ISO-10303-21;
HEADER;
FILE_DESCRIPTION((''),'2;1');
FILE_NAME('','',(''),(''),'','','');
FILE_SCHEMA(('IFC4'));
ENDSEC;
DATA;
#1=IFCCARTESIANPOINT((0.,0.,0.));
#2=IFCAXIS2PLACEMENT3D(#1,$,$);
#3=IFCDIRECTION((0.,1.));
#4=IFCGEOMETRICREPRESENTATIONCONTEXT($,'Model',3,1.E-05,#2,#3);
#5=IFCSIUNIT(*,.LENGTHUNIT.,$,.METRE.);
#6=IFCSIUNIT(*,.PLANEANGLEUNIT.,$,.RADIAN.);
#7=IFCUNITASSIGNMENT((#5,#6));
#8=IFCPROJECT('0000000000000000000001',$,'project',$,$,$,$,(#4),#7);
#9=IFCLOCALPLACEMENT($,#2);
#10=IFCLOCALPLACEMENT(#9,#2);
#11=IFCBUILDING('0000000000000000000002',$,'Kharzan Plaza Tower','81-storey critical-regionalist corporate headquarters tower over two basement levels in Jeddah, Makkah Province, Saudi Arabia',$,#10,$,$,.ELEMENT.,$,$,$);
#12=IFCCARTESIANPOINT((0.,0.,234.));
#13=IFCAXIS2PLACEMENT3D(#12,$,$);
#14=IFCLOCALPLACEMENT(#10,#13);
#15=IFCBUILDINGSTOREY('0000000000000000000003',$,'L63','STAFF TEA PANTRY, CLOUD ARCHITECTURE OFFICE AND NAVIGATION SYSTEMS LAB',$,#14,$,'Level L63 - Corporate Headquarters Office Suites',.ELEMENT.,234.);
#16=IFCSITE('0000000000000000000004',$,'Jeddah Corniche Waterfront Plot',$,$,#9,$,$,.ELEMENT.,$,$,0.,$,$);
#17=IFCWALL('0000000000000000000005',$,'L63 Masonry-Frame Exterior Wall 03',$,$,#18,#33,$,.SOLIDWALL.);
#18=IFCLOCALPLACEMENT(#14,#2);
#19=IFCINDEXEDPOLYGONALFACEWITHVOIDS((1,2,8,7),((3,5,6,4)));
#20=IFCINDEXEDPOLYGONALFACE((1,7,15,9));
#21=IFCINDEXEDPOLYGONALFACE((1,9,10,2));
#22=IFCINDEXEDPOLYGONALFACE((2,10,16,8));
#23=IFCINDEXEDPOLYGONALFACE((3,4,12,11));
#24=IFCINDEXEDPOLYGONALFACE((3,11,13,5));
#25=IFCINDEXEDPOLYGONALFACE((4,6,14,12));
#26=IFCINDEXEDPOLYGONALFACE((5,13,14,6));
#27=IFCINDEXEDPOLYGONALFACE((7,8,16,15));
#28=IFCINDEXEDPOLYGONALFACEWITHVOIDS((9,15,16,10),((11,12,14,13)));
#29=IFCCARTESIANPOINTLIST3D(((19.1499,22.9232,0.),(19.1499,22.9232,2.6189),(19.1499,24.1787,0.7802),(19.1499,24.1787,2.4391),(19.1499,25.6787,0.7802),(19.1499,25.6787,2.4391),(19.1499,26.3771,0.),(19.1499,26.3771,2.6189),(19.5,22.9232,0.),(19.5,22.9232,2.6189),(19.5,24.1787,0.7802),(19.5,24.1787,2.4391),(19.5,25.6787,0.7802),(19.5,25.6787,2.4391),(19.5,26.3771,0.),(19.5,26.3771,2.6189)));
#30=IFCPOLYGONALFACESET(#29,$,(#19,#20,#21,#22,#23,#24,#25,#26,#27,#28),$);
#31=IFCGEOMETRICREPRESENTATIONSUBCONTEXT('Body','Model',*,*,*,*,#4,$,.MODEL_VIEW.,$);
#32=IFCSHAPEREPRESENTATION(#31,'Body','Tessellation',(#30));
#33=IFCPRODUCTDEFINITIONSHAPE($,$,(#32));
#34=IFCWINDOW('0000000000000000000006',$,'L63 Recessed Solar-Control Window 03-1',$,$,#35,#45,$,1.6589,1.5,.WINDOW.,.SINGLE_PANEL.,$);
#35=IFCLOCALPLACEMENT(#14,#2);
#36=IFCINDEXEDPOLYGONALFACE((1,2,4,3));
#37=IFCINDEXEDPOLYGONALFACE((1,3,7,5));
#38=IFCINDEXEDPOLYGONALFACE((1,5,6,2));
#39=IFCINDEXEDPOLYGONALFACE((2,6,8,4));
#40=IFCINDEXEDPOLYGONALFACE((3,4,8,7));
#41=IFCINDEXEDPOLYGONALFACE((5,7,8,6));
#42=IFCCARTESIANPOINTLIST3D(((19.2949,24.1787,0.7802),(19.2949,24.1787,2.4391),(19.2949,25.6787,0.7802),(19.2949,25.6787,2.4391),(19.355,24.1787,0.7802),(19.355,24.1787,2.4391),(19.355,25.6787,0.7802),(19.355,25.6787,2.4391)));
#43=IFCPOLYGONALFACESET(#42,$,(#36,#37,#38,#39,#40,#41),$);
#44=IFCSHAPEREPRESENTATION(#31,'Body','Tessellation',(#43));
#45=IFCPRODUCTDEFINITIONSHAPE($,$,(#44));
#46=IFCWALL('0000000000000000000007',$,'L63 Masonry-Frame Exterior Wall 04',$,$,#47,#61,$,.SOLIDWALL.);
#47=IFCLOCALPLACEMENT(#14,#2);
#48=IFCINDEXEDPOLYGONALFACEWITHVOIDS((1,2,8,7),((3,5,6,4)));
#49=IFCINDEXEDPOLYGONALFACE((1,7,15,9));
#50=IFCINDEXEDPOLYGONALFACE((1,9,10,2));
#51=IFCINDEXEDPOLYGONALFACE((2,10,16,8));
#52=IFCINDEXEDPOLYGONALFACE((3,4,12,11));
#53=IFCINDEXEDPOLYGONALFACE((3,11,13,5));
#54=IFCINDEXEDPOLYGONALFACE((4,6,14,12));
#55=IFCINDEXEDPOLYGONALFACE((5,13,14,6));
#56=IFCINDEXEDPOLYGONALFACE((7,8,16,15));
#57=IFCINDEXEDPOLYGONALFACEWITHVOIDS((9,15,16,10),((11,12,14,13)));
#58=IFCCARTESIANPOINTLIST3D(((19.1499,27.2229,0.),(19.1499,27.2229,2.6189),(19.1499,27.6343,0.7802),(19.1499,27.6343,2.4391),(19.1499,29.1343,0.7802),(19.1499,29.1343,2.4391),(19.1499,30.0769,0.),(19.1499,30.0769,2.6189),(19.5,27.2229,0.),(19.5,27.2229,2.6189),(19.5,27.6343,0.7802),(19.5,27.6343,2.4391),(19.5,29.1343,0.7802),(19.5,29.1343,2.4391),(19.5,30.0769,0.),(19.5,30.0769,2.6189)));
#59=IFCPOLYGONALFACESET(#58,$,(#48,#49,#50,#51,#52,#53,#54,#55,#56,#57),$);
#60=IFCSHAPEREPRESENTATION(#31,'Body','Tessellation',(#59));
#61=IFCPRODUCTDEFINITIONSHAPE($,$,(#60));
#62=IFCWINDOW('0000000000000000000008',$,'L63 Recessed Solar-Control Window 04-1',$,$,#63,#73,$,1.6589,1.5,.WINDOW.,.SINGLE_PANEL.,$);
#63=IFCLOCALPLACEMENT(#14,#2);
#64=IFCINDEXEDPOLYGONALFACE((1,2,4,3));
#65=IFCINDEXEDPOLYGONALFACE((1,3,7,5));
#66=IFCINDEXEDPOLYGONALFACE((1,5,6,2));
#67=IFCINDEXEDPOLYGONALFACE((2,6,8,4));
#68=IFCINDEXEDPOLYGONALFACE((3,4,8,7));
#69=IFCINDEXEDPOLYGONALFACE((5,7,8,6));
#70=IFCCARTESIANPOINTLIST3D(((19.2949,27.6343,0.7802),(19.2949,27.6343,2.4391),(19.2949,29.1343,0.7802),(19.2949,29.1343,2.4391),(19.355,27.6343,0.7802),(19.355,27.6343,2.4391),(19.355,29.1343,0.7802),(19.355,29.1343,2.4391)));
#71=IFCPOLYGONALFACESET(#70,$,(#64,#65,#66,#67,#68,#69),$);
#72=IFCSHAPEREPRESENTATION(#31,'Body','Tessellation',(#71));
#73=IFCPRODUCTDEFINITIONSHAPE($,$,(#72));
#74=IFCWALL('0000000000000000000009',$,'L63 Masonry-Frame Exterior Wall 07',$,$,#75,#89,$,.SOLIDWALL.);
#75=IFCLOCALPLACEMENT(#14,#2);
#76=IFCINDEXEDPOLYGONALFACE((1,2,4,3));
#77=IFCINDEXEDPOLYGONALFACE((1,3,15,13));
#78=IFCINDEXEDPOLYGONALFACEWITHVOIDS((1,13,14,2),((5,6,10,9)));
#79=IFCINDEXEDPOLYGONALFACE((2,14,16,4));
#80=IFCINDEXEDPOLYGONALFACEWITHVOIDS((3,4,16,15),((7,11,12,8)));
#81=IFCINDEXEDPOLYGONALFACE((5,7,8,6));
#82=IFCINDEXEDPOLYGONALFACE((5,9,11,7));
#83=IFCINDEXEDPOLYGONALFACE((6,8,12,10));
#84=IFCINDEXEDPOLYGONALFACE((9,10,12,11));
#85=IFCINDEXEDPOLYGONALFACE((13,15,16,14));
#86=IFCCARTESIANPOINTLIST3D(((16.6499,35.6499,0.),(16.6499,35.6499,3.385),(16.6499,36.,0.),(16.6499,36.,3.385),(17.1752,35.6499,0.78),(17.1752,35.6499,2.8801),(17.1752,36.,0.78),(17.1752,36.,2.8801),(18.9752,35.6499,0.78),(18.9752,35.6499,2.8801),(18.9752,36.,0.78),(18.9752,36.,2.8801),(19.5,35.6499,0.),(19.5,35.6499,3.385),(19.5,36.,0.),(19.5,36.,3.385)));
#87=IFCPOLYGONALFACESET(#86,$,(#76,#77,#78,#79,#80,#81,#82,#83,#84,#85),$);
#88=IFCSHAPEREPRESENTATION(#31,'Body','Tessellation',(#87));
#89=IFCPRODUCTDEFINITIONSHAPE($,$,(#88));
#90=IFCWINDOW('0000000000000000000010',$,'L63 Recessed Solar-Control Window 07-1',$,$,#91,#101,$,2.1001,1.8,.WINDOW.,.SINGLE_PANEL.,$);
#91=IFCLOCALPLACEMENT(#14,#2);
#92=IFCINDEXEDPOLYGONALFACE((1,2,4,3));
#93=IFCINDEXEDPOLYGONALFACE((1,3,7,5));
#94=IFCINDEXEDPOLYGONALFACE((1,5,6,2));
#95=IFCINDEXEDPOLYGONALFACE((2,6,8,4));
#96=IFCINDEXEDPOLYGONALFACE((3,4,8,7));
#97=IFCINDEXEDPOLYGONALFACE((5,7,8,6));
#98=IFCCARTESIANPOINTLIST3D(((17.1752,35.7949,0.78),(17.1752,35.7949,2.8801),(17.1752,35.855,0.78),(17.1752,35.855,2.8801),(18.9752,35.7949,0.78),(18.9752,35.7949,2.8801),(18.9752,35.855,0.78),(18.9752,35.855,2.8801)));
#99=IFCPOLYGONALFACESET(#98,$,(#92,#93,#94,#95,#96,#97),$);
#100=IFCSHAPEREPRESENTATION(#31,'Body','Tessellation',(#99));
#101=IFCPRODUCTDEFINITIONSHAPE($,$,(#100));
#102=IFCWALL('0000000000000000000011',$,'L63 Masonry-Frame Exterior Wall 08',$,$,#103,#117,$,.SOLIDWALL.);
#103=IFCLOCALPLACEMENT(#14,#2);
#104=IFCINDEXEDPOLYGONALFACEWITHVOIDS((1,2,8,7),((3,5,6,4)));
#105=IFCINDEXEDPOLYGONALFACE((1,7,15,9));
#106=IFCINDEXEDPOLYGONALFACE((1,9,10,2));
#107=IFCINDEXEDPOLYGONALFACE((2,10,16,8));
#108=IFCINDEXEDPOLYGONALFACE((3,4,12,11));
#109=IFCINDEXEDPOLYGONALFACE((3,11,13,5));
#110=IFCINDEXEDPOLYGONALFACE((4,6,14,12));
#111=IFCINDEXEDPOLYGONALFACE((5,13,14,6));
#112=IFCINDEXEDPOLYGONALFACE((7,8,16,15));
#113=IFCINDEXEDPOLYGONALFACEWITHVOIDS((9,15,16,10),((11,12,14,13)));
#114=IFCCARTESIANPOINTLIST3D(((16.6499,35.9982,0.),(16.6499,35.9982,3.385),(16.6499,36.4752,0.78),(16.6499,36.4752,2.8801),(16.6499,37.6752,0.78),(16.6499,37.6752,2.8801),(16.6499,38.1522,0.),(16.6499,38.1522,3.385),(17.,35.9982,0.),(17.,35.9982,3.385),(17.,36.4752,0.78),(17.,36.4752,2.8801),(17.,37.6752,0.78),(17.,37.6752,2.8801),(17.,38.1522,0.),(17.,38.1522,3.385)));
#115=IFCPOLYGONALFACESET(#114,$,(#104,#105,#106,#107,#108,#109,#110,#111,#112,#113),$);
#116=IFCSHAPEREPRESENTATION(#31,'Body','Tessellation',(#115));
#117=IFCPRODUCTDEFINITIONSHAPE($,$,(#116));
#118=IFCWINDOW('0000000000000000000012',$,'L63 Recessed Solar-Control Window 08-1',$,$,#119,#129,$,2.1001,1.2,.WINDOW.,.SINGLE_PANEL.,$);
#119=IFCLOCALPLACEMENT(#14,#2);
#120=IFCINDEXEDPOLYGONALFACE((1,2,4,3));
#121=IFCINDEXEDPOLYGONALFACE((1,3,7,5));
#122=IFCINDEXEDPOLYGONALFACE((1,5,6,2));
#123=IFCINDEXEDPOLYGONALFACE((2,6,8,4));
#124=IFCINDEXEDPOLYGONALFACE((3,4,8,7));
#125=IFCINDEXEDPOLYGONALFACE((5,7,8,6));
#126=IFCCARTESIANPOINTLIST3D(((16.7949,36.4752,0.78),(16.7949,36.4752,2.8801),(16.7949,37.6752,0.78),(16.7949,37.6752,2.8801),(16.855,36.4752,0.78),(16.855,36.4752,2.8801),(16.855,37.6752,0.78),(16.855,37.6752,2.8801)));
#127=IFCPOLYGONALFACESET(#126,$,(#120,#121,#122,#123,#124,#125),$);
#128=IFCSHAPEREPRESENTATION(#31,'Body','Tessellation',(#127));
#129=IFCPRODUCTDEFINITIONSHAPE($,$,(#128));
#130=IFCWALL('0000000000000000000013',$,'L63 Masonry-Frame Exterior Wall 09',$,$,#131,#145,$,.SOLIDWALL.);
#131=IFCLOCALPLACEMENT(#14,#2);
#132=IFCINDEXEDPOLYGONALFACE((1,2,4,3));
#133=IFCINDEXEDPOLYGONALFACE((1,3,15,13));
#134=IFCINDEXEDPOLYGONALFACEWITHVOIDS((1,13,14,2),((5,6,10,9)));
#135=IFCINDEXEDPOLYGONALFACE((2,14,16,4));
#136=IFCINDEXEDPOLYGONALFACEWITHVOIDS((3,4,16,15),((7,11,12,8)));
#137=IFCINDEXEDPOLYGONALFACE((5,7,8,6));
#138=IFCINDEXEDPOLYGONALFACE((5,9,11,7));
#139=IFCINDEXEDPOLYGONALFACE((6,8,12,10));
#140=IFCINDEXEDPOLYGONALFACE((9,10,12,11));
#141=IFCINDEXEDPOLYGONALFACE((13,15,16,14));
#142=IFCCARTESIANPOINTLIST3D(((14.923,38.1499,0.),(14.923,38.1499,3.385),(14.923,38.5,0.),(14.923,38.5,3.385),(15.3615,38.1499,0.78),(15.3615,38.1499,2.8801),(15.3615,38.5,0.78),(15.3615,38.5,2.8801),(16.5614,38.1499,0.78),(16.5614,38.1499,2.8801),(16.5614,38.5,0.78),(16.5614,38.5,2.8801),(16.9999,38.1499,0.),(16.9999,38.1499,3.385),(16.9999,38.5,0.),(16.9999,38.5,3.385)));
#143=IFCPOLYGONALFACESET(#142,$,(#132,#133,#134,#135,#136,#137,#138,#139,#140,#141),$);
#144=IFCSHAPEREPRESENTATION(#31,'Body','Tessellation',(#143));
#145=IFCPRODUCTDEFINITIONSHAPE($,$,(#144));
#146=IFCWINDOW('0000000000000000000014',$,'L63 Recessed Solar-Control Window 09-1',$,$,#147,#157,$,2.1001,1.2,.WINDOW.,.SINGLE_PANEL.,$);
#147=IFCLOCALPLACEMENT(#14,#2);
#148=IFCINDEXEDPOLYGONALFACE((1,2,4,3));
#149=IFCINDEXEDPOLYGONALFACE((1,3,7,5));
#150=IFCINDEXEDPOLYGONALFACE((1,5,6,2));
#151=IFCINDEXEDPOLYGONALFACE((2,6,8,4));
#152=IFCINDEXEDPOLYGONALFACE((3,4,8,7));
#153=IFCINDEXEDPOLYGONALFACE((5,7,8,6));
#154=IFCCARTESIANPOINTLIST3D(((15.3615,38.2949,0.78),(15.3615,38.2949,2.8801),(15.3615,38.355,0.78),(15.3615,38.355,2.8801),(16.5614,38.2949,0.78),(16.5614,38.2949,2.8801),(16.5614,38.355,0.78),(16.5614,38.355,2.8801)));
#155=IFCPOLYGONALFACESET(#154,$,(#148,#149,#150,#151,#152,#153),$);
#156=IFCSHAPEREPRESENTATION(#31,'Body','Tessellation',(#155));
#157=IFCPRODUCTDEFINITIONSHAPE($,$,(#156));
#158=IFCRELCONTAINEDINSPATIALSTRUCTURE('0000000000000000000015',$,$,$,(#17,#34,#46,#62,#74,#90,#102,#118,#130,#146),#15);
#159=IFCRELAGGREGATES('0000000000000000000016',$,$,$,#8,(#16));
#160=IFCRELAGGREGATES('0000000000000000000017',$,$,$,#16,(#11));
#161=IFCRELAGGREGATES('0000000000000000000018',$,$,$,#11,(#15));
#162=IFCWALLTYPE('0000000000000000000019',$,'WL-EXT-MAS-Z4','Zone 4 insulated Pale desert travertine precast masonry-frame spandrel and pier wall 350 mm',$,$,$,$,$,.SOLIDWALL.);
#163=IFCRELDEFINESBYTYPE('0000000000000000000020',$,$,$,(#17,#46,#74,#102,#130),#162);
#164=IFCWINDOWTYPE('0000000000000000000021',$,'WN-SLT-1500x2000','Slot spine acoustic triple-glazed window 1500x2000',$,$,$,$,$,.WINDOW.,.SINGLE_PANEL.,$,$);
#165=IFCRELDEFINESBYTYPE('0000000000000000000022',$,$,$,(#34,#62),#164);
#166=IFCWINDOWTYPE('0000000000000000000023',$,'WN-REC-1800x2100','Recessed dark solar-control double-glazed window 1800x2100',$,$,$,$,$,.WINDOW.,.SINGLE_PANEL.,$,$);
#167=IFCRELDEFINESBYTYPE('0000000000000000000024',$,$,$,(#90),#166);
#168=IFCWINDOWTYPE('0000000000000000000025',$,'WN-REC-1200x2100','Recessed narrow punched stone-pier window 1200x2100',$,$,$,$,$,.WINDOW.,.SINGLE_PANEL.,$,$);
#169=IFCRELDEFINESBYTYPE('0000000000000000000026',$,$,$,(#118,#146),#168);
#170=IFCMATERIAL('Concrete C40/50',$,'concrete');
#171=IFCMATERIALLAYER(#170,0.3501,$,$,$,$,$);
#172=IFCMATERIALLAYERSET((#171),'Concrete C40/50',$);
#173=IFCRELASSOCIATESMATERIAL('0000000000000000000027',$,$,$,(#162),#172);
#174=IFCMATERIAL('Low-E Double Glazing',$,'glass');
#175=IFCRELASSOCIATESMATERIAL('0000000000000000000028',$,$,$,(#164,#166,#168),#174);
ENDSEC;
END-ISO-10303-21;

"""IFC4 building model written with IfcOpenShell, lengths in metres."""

from ifc_helpers import new_model, si_unit, direction, frame, frame_2d, origin, place, context, subcontext, project, spatial, rectangle, extrude, source, transform, mapped, material, layer, layer_set, type_object, element, fill, save


model = new_model("IFC4")

# Units and contexts
model_context = context("Model", 3, precision=1e-05, world=origin(), true_north=direction((0.0, 1.0)))
body_context = subcontext(model_context, "Body", "Model", "MODEL_VIEW")
ifc_project = project(units=[si_unit("LENGTHUNIT", "METRE"), si_unit("PLANEANGLEUNIT", "RADIAN")], contexts=[model_context])

# Site, building, storey
site_placement = place(None, origin())
site = spatial("IfcSite", under=ifc_project, at=site_placement, Name="Jeddah Corniche Waterfront Plot", CompositionType="ELEMENT", RefElevation=0.0)
building_placement = place(site_placement, origin())
building = spatial("IfcBuilding", under=site, at=building_placement, Name="Kharzan Plaza Tower", Description="81-storey critical-regionalist corporate headquarters tower over two basement levels in Jeddah, Makkah Province, Saudi Arabia", CompositionType="ELEMENT")
storey_placement = place(building_placement, frame((0.0, 0.0, 234.0)))
storey = spatial("IfcBuildingStorey", under=building, at=storey_placement, Name="L63", Description="STAFF TEA PANTRY, CLOUD ARCHITECTURE OFFICE AND NAVIGATION SYSTEMS LAB", LongName="Level L63 - Corporate Headquarters Office Suites", CompositionType="ELEMENT", Elevation=234.0)

# Walls, openings, windows
ifc_material_1 = material(Name="Concrete C40/50", Category="concrete")
ifc_layer_1 = layer(ifc_material_1, 0.3501)
ifc_layer_set_1 = layer_set([ifc_layer_1], Name="Concrete C40/50")
wall_type_1 = type_object("IfcWallType", Name="WL-EXT-MAS-Z4", Description="Zone 4 insulated Pale desert travertine precast masonry-frame spandrel and pier wall 350 mm", PredefinedType="SOLIDWALL", material=ifc_layer_set_1)
wall_1_placement = place(storey_placement, frame((19.325, 22.9231, 0.0), z_axis=(0.0, 0.0, 1.0), x_axis=(0.0, 1.0, 0.0)))
wall_1 = element("IfcWall", 1, at=wall_1_placement, inside=storey, type_object=wall_type_1, Name="L63 Masonry-Frame Exterior Wall 03", PredefinedType="SOLIDWALL", context=body_context, shape_type="SweptSolid", body=[
    extrude(rectangle(XDim=3.4539, YDim=0.3501, at=frame_2d((1.7271, 0.0))), origin(), (0.0, 0.0, 1.0), 2.6189),
])
opening_1_placement = place(wall_1_placement, frame((1.2556, 0.0, 0.78)))
opening_1 = element("IfcOpeningElement", 2, at=opening_1_placement, cuts=wall_1, PredefinedType="OPENING", context=body_context, shape_type="SweptSolid", body=[
    extrude(rectangle(XDim=1.5, YDim=1.6589, at=frame_2d((0.75, 0.8296))), frame((0.0, 0.1851, 0.0), z_axis=(0.0, -1.0, 0.0), x_axis=(1.0, 0.0, 0.0)), (0.0, 0.0, 1.0), 0.3701),
])
ifc_material_2 = material(Name="Low-E Double Glazing", Category="glass")
window_type_1 = type_object("IfcWindowType", Name="WN-SLT-1500x2000", Description="Slot spine acoustic triple-glazed window 1500x2000", PartitioningType="SINGLE_PANEL", PredefinedType="WINDOW", material=ifc_material_2)
shared_shape_1 = source(origin(), body_context, "Body", "SweptSolid", [
    extrude(rectangle(XDim=1.5, YDim=1.6589, at=frame_2d((0.75, 0.8296))), frame((0.0, 0.03, 0.0), z_axis=(0.0, -1.0, 0.0), x_axis=(1.0, 0.0, 0.0)), (0.0, 0.0, 1.0), 0.0601),
])
window_1_placement = place(opening_1_placement, origin())
window_1 = element("IfcWindow", 3, at=window_1_placement, inside=storey, type_object=window_type_1, Name="L63 Recessed Solar-Control Window 03-1", OverallHeight=1.6589, OverallWidth=1.5, PartitioningType="SINGLE_PANEL", PredefinedType="WINDOW", context=body_context, shape_type="MappedRepresentation", body=[
    mapped(shared_shape_1, transform((0.0, 0.0, 0.0), x_axis=(1.0, 0.0, 0.0), y_axis=(0.0, 1.0, 0.0), z_axis=(0.0, 0.0, 1.0))),
])
fill(opening_1, window_1)
wall_2_placement = place(storey_placement, frame((19.325, 27.2229, 0.0), z_axis=(0.0, 0.0, 1.0), x_axis=(0.0, 1.0, 0.0)))
wall_2 = element("IfcWall", 4, at=wall_2_placement, inside=storey, type_object=wall_type_1, Name="L63 Masonry-Frame Exterior Wall 04", PredefinedType="SOLIDWALL", context=body_context, shape_type="SweptSolid", body=[
    extrude(rectangle(XDim=2.854, YDim=0.3501, at=frame_2d((1.427, 0.0))), origin(), (0.0, 0.0, 1.0), 2.6189),
])
opening_2_placement = place(wall_2_placement, frame((0.4114, 0.0, 0.78)))
opening_2 = element("IfcOpeningElement", 5, at=opening_2_placement, cuts=wall_2, PredefinedType="OPENING", context=body_context, shape_type="SweptSolid", body=[
    extrude(rectangle(XDim=1.5, YDim=1.6589, at=frame_2d((0.75, 0.8296))), frame((0.0, 0.1851, 0.0), z_axis=(0.0, -1.0, 0.0), x_axis=(1.0, 0.0, 0.0)), (0.0, 0.0, 1.0), 0.3701),
])
window_2_placement = place(opening_2_placement, origin())
window_2 = element("IfcWindow", 6, at=window_2_placement, inside=storey, type_object=window_type_1, Name="L63 Recessed Solar-Control Window 04-1", OverallHeight=1.6589, OverallWidth=1.5, PartitioningType="SINGLE_PANEL", PredefinedType="WINDOW", context=body_context, shape_type="MappedRepresentation", body=[
    mapped(shared_shape_1, transform((0.0, 0.0, 0.0), x_axis=(1.0, 0.0, 0.0), y_axis=(0.0, 1.0, 0.0), z_axis=(0.0, 0.0, 1.0))),
])
fill(opening_2, window_2)
wall_3_placement = place(storey_placement, frame((19.5, 35.825, 0.0), z_axis=(0.0, 0.0, 1.0), x_axis=(-1.0, 0.0, 0.0)))
wall_3 = element("IfcWall", 7, at=wall_3_placement, inside=storey, type_object=wall_type_1, Name="L63 Masonry-Frame Exterior Wall 07", PredefinedType="SOLIDWALL", context=body_context, shape_type="SweptSolid", body=[
    extrude(rectangle(XDim=2.8501, YDim=0.3501, at=frame_2d((1.425, 0.0))), origin(), (0.0, 0.0, 1.0), 3.385),
])
opening_3_placement = place(wall_3_placement, frame((0.5249, 0.0, 0.78)))
opening_3 = element("IfcOpeningElement", 8, at=opening_3_placement, cuts=wall_3, PredefinedType="OPENING", context=body_context, shape_type="SweptSolid", body=[
    extrude(rectangle(XDim=1.8, YDim=2.1001, at=frame_2d((0.8999, 1.05))), frame((0.0, 0.1851, 0.0), z_axis=(0.0, -1.0, 0.0), x_axis=(1.0, 0.0, 0.0)), (0.0, 0.0, 1.0), 0.3701),
])
window_type_2 = type_object("IfcWindowType", Name="WN-REC-1800x2100", Description="Recessed dark solar-control double-glazed window 1800x2100", PartitioningType="SINGLE_PANEL", PredefinedType="WINDOW", material=ifc_material_2)
shared_shape_2 = source(origin(), body_context, "Body", "SweptSolid", [
    extrude(rectangle(XDim=1.8, YDim=2.1001, at=frame_2d((0.8999, 1.05))), frame((0.0, 0.03, 0.0), z_axis=(0.0, -1.0, 0.0), x_axis=(1.0, 0.0, 0.0)), (0.0, 0.0, 1.0), 0.0601),
])
window_3_placement = place(opening_3_placement, origin())
window_3 = element("IfcWindow", 9, at=window_3_placement, inside=storey, type_object=window_type_2, Name="L63 Recessed Solar-Control Window 07-1", OverallHeight=2.1001, OverallWidth=1.8, PartitioningType="SINGLE_PANEL", PredefinedType="WINDOW", context=body_context, shape_type="MappedRepresentation", body=[
    mapped(shared_shape_2, transform((0.0, 0.0, 0.0), x_axis=(1.0, 0.0, 0.0), y_axis=(0.0, 1.0, 0.0), z_axis=(0.0, 0.0, 1.0))),
])
fill(opening_3, window_3)
wall_4_placement = place(storey_placement, frame((16.825, 35.998, 0.0), z_axis=(0.0, 0.0, 1.0), x_axis=(0.0, 1.0, 0.0)))
wall_4 = element("IfcWall", 10, at=wall_4_placement, inside=storey, type_object=wall_type_1, Name="L63 Masonry-Frame Exterior Wall 08", PredefinedType="SOLIDWALL", context=body_context, shape_type="SweptSolid", body=[
    extrude(rectangle(XDim=2.1541, YDim=0.3501, at=frame_2d((1.0771, 0.0))), origin(), (0.0, 0.0, 1.0), 3.385),
])
opening_4_placement = place(wall_4_placement, frame((0.4771, 0.0, 0.78)))
opening_4 = element("IfcOpeningElement", 11, at=opening_4_placement, cuts=wall_4, PredefinedType="OPENING", context=body_context, shape_type="SweptSolid", body=[
    extrude(rectangle(XDim=1.2, YDim=2.1001, at=frame_2d((0.6001, 1.05))), frame((0.0, 0.1851, 0.0), z_axis=(0.0, -1.0, 0.0), x_axis=(1.0, 0.0, 0.0)), (0.0, 0.0, 1.0), 0.3701),
])
window_type_3 = type_object("IfcWindowType", Name="WN-REC-1200x2100", Description="Recessed narrow punched stone-pier window 1200x2100", PartitioningType="SINGLE_PANEL", PredefinedType="WINDOW", material=ifc_material_2)
shared_shape_3 = source(origin(), body_context, "Body", "SweptSolid", [
    extrude(rectangle(XDim=1.2, YDim=2.1001, at=frame_2d((0.6001, 1.05))), frame((0.0, 0.03, 0.0), z_axis=(0.0, -1.0, 0.0), x_axis=(1.0, 0.0, 0.0)), (0.0, 0.0, 1.0), 0.0601),
])
window_4_placement = place(opening_4_placement, origin())
window_4 = element("IfcWindow", 12, at=window_4_placement, inside=storey, type_object=window_type_3, Name="L63 Recessed Solar-Control Window 08-1", OverallHeight=2.1001, OverallWidth=1.2, PartitioningType="SINGLE_PANEL", PredefinedType="WINDOW", context=body_context, shape_type="MappedRepresentation", body=[
    mapped(shared_shape_3, transform((0.0, 0.0, 0.0), x_axis=(1.0, 0.0, 0.0), y_axis=(0.0, 1.0, 0.0), z_axis=(0.0, 0.0, 1.0))),
])
fill(opening_4, window_4)
wall_5_placement = place(storey_placement, frame((17.0, 38.325, 0.0), z_axis=(0.0, 0.0, 1.0), x_axis=(-1.0, 0.0, 0.0)))
wall_5 = element("IfcWall", 13, at=wall_5_placement, inside=storey, type_object=wall_type_1, Name="L63 Masonry-Frame Exterior Wall 09", PredefinedType="SOLIDWALL", context=body_context, shape_type="SweptSolid", body=[
    extrude(rectangle(XDim=2.0769, YDim=0.3501, at=frame_2d((1.0386, 0.0))), origin(), (0.0, 0.0, 1.0), 3.385),
])
opening_5_placement = place(wall_5_placement, frame((0.4385, 0.0, 0.78)))
opening_5 = element("IfcOpeningElement", 14, at=opening_5_placement, cuts=wall_5, PredefinedType="OPENING", context=body_context, shape_type="SweptSolid", body=[
    extrude(rectangle(XDim=1.2, YDim=2.1001, at=frame_2d((0.6001, 1.05))), frame((0.0, 0.1851, 0.0), z_axis=(0.0, -1.0, 0.0), x_axis=(1.0, 0.0, 0.0)), (0.0, 0.0, 1.0), 0.3701),
])
window_5_placement = place(opening_5_placement, origin())
window_5 = element("IfcWindow", 15, at=window_5_placement, inside=storey, type_object=window_type_3, Name="L63 Recessed Solar-Control Window 09-1", OverallHeight=2.1001, OverallWidth=1.2, PartitioningType="SINGLE_PANEL", PredefinedType="WINDOW", context=body_context, shape_type="MappedRepresentation", body=[
    mapped(shared_shape_3, transform((0.0, 0.0, 0.0), x_axis=(1.0, 0.0, 0.0), y_axis=(0.0, 1.0, 0.0), z_axis=(0.0, 0.0, 1.0))),
])
fill(opening_5, window_5)

save(model, "model.ifc")
